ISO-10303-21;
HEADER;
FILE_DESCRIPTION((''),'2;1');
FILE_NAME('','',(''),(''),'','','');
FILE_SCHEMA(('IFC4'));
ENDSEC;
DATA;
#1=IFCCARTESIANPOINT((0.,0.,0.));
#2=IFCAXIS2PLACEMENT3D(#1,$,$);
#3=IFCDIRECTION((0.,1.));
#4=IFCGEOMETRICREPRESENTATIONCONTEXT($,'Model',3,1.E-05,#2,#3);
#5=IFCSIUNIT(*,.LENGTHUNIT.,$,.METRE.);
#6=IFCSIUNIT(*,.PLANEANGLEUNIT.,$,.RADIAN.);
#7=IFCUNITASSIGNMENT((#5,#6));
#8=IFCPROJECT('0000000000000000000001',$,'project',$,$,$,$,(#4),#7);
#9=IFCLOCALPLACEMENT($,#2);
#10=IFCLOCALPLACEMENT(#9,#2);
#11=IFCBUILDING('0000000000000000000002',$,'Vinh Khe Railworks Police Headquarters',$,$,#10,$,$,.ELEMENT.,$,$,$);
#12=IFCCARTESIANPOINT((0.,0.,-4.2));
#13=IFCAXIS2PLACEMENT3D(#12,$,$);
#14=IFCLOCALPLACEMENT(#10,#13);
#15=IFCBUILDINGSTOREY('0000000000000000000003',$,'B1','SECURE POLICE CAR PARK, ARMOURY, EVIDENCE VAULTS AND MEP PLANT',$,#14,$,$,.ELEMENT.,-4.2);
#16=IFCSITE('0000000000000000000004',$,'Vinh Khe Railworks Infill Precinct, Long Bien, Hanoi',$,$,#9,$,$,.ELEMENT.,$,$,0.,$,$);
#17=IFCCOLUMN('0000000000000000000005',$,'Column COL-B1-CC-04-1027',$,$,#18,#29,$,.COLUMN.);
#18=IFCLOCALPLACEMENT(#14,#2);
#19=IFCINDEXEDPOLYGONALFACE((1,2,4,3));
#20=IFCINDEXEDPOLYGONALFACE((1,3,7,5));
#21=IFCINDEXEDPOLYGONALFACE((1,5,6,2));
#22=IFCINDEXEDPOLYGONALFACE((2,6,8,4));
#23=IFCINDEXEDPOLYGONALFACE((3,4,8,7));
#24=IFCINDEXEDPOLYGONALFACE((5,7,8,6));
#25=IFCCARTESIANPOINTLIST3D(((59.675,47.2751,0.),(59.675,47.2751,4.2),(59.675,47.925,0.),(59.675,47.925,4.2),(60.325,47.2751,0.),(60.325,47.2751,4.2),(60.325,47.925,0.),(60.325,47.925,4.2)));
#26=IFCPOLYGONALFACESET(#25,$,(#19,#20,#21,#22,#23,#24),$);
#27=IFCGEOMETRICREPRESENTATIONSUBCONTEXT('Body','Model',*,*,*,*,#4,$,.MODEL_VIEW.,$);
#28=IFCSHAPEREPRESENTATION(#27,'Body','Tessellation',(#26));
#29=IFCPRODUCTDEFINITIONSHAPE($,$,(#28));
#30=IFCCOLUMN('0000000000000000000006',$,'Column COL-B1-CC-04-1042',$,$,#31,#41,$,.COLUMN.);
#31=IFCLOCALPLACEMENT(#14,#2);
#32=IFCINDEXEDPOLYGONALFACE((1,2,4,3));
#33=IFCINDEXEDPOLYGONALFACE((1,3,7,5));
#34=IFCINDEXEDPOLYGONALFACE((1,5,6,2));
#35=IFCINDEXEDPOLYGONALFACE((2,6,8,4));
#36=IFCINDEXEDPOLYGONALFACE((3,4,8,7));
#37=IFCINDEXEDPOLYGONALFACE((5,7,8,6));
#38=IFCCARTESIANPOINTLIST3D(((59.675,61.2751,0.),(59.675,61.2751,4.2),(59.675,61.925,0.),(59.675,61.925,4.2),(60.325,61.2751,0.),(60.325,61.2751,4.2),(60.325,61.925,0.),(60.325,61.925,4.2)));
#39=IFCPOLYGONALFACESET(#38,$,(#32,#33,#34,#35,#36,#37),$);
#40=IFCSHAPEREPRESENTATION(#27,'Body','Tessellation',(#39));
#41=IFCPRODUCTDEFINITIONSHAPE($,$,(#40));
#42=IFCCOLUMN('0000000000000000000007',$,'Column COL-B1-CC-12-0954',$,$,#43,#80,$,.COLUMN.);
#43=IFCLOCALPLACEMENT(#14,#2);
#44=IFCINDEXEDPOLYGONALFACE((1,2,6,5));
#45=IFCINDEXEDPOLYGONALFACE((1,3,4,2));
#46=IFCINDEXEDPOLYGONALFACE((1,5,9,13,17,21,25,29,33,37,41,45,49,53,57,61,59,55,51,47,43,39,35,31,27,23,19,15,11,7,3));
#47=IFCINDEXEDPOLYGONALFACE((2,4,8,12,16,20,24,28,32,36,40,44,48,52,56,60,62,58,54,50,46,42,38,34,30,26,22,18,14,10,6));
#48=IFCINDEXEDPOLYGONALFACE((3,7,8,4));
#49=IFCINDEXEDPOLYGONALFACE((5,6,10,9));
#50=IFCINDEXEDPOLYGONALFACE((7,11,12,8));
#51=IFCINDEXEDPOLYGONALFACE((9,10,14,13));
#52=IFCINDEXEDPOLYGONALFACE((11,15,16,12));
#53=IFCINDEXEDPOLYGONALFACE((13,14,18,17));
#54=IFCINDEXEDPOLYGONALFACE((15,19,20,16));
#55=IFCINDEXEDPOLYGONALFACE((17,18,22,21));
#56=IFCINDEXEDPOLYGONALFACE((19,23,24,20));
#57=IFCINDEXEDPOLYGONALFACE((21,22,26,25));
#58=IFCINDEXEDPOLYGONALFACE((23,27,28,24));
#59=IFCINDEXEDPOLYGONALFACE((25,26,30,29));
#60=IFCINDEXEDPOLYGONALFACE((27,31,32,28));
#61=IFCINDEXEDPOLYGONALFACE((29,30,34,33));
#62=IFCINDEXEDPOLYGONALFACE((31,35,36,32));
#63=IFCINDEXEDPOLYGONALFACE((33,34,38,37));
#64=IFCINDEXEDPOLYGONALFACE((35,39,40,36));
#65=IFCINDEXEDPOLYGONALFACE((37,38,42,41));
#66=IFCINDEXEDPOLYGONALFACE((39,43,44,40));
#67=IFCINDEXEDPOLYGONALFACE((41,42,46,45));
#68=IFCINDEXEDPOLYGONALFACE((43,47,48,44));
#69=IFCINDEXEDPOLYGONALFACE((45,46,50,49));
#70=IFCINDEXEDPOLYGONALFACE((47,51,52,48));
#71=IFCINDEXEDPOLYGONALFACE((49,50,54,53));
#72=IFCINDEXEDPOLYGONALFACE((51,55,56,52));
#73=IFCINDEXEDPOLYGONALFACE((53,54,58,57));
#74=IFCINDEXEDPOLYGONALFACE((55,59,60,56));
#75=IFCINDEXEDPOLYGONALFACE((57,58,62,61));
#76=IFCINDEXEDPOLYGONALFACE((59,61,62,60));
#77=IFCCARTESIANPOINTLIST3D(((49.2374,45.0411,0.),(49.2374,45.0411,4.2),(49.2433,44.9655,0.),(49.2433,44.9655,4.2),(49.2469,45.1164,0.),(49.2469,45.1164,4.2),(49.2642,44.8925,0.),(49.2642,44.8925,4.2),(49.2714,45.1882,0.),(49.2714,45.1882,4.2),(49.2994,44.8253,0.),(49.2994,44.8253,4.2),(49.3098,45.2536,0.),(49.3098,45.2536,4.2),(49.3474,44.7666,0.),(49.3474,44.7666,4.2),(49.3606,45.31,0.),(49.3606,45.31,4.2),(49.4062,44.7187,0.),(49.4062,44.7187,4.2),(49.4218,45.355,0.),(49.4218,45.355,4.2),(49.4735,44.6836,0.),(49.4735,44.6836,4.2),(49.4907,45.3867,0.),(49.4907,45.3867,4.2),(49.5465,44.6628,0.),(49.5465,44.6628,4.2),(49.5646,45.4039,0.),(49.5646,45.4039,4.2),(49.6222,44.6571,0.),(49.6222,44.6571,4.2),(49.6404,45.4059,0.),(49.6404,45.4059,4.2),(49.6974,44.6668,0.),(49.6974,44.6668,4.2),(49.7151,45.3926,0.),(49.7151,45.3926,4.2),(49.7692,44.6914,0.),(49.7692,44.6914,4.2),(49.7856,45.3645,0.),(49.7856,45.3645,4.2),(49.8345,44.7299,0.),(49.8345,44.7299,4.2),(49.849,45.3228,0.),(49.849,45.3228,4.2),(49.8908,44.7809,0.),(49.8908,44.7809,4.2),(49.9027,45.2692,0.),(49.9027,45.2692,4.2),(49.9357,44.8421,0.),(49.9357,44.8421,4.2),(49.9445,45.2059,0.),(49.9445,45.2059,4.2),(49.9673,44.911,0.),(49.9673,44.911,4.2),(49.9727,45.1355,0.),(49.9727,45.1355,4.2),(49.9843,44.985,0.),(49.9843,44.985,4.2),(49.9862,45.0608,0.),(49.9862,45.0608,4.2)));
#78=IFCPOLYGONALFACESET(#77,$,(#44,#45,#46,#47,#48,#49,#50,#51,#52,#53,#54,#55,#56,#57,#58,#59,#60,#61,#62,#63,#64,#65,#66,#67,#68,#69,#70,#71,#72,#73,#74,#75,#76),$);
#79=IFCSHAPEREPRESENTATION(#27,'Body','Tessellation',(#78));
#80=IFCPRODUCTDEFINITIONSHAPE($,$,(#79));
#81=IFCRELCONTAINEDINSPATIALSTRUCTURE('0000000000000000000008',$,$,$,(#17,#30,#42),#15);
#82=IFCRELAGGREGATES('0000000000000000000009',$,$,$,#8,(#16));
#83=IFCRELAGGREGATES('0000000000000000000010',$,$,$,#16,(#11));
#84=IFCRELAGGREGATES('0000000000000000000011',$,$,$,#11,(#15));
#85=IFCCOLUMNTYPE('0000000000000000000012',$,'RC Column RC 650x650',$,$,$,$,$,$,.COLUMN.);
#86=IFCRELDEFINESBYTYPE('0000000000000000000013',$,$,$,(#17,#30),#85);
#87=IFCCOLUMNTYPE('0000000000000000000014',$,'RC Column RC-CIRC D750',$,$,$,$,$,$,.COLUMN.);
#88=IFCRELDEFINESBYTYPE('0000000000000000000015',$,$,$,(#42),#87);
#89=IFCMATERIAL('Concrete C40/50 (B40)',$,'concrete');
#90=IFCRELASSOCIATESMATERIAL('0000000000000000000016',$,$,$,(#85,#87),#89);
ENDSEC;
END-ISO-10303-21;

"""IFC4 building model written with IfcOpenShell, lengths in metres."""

from ifc_helpers import new_model, si_unit, direction, frame, origin, origin_2d, place, context, subcontext, project, spatial, rectangle, circle, extrude, material, material_profile, profile_set, type_object, element, save


model = new_model("IFC4")

# Units and contexts
model_context = context("Model", 3, precision=1e-05, world=origin(), true_north=direction((0.0, 1.0)))
body_context = subcontext(model_context, "Body", "Model", "MODEL_VIEW")
ifc_project = project(units=[si_unit("LENGTHUNIT", "METRE"), si_unit("PLANEANGLEUNIT", "RADIAN")], contexts=[model_context])

# Site, building, storey
site_placement = place(None, origin())
site = spatial("IfcSite", under=ifc_project, at=site_placement, Name="Vinh Khe Railworks Infill Precinct, Long Bien, Hanoi", CompositionType="ELEMENT", RefElevation=0.0)
building_placement = place(site_placement, origin())
building = spatial("IfcBuilding", under=site, at=building_placement, Name="Vinh Khe Railworks Police Headquarters", CompositionType="ELEMENT")
storey_placement = place(building_placement, frame((0.0, 0.0, -4.2)))
storey = spatial("IfcBuildingStorey", under=building, at=storey_placement, Name="B1", Description="SECURE POLICE CAR PARK, ARMOURY, EVIDENCE VAULTS AND MEP PLANT", CompositionType="ELEMENT", Elevation=-4.2)

# Columns
ifc_material_1 = material(Name="Concrete C40/50 (B40)", Category="concrete")
ifc_material_profile_1 = material_profile(ifc_material_1, rectangle(XDim=0.6499, YDim=0.6499, at=origin_2d()), Name="RC 650x650")
ifc_profile_set_1 = profile_set([ifc_material_profile_1], Name="Concrete C40/50 (B40)")
column_type_1 = type_object("IfcColumnType", Name="RC Column RC 650x650", PredefinedType="COLUMN", material=ifc_profile_set_1)
for number, where, z_axis, x_axis, name in (
    (1, (60.0, 47.6001, 0.0), (0.0, 0.0, 1.0), (1.0, 0.0, 0.0), "Column COL-B1-CC-04-1027"),
    (2, (60.0, 61.6001, 0.0), (0.0, 0.0, 1.0), (1.0, 0.0, 0.0), "Column COL-B1-CC-04-1042"),
):
    element("IfcColumn", number, at=place(storey_placement, frame(where, z_axis=z_axis, x_axis=x_axis)), inside=storey, type_object=column_type_1, Name=name, PredefinedType="COLUMN", context=body_context, shape_type="SweptSolid", body=[
        extrude(rectangle(XDim=0.6499, YDim=0.6499, at=origin_2d()), origin(), (0.0, 0.0, 1.0), 4.2),
    ])
ifc_material_profile_2 = material_profile(ifc_material_1, circle(Radius=0.375, at=origin_2d()), Name="RC-CIRC D750")
ifc_profile_set_2 = profile_set([ifc_material_profile_2], Name="Concrete C40/50 (B40)")
column_type_2 = type_object("IfcColumnType", Name="RC Column RC-CIRC D750", PredefinedType="COLUMN", material=ifc_profile_set_2)
for number, where, z_axis, x_axis, name in (
    (3, (49.6123, 45.032, 0.0), (0.0, 0.0, 1.0), (0.997039, 0.076893, 0.0), "Column COL-B1-CC-12-0954"),
):
    element("IfcColumn", number, at=place(storey_placement, frame(where, z_axis=z_axis, x_axis=x_axis)), inside=storey, type_object=column_type_2, Name=name, PredefinedType="COLUMN", context=body_context, shape_type="SweptSolid", body=[
        extrude(circle(Radius=0.375, at=origin_2d()), origin(), (0.0, 0.0, 1.0), 4.2),
    ])

save(model, "model.ifc")
